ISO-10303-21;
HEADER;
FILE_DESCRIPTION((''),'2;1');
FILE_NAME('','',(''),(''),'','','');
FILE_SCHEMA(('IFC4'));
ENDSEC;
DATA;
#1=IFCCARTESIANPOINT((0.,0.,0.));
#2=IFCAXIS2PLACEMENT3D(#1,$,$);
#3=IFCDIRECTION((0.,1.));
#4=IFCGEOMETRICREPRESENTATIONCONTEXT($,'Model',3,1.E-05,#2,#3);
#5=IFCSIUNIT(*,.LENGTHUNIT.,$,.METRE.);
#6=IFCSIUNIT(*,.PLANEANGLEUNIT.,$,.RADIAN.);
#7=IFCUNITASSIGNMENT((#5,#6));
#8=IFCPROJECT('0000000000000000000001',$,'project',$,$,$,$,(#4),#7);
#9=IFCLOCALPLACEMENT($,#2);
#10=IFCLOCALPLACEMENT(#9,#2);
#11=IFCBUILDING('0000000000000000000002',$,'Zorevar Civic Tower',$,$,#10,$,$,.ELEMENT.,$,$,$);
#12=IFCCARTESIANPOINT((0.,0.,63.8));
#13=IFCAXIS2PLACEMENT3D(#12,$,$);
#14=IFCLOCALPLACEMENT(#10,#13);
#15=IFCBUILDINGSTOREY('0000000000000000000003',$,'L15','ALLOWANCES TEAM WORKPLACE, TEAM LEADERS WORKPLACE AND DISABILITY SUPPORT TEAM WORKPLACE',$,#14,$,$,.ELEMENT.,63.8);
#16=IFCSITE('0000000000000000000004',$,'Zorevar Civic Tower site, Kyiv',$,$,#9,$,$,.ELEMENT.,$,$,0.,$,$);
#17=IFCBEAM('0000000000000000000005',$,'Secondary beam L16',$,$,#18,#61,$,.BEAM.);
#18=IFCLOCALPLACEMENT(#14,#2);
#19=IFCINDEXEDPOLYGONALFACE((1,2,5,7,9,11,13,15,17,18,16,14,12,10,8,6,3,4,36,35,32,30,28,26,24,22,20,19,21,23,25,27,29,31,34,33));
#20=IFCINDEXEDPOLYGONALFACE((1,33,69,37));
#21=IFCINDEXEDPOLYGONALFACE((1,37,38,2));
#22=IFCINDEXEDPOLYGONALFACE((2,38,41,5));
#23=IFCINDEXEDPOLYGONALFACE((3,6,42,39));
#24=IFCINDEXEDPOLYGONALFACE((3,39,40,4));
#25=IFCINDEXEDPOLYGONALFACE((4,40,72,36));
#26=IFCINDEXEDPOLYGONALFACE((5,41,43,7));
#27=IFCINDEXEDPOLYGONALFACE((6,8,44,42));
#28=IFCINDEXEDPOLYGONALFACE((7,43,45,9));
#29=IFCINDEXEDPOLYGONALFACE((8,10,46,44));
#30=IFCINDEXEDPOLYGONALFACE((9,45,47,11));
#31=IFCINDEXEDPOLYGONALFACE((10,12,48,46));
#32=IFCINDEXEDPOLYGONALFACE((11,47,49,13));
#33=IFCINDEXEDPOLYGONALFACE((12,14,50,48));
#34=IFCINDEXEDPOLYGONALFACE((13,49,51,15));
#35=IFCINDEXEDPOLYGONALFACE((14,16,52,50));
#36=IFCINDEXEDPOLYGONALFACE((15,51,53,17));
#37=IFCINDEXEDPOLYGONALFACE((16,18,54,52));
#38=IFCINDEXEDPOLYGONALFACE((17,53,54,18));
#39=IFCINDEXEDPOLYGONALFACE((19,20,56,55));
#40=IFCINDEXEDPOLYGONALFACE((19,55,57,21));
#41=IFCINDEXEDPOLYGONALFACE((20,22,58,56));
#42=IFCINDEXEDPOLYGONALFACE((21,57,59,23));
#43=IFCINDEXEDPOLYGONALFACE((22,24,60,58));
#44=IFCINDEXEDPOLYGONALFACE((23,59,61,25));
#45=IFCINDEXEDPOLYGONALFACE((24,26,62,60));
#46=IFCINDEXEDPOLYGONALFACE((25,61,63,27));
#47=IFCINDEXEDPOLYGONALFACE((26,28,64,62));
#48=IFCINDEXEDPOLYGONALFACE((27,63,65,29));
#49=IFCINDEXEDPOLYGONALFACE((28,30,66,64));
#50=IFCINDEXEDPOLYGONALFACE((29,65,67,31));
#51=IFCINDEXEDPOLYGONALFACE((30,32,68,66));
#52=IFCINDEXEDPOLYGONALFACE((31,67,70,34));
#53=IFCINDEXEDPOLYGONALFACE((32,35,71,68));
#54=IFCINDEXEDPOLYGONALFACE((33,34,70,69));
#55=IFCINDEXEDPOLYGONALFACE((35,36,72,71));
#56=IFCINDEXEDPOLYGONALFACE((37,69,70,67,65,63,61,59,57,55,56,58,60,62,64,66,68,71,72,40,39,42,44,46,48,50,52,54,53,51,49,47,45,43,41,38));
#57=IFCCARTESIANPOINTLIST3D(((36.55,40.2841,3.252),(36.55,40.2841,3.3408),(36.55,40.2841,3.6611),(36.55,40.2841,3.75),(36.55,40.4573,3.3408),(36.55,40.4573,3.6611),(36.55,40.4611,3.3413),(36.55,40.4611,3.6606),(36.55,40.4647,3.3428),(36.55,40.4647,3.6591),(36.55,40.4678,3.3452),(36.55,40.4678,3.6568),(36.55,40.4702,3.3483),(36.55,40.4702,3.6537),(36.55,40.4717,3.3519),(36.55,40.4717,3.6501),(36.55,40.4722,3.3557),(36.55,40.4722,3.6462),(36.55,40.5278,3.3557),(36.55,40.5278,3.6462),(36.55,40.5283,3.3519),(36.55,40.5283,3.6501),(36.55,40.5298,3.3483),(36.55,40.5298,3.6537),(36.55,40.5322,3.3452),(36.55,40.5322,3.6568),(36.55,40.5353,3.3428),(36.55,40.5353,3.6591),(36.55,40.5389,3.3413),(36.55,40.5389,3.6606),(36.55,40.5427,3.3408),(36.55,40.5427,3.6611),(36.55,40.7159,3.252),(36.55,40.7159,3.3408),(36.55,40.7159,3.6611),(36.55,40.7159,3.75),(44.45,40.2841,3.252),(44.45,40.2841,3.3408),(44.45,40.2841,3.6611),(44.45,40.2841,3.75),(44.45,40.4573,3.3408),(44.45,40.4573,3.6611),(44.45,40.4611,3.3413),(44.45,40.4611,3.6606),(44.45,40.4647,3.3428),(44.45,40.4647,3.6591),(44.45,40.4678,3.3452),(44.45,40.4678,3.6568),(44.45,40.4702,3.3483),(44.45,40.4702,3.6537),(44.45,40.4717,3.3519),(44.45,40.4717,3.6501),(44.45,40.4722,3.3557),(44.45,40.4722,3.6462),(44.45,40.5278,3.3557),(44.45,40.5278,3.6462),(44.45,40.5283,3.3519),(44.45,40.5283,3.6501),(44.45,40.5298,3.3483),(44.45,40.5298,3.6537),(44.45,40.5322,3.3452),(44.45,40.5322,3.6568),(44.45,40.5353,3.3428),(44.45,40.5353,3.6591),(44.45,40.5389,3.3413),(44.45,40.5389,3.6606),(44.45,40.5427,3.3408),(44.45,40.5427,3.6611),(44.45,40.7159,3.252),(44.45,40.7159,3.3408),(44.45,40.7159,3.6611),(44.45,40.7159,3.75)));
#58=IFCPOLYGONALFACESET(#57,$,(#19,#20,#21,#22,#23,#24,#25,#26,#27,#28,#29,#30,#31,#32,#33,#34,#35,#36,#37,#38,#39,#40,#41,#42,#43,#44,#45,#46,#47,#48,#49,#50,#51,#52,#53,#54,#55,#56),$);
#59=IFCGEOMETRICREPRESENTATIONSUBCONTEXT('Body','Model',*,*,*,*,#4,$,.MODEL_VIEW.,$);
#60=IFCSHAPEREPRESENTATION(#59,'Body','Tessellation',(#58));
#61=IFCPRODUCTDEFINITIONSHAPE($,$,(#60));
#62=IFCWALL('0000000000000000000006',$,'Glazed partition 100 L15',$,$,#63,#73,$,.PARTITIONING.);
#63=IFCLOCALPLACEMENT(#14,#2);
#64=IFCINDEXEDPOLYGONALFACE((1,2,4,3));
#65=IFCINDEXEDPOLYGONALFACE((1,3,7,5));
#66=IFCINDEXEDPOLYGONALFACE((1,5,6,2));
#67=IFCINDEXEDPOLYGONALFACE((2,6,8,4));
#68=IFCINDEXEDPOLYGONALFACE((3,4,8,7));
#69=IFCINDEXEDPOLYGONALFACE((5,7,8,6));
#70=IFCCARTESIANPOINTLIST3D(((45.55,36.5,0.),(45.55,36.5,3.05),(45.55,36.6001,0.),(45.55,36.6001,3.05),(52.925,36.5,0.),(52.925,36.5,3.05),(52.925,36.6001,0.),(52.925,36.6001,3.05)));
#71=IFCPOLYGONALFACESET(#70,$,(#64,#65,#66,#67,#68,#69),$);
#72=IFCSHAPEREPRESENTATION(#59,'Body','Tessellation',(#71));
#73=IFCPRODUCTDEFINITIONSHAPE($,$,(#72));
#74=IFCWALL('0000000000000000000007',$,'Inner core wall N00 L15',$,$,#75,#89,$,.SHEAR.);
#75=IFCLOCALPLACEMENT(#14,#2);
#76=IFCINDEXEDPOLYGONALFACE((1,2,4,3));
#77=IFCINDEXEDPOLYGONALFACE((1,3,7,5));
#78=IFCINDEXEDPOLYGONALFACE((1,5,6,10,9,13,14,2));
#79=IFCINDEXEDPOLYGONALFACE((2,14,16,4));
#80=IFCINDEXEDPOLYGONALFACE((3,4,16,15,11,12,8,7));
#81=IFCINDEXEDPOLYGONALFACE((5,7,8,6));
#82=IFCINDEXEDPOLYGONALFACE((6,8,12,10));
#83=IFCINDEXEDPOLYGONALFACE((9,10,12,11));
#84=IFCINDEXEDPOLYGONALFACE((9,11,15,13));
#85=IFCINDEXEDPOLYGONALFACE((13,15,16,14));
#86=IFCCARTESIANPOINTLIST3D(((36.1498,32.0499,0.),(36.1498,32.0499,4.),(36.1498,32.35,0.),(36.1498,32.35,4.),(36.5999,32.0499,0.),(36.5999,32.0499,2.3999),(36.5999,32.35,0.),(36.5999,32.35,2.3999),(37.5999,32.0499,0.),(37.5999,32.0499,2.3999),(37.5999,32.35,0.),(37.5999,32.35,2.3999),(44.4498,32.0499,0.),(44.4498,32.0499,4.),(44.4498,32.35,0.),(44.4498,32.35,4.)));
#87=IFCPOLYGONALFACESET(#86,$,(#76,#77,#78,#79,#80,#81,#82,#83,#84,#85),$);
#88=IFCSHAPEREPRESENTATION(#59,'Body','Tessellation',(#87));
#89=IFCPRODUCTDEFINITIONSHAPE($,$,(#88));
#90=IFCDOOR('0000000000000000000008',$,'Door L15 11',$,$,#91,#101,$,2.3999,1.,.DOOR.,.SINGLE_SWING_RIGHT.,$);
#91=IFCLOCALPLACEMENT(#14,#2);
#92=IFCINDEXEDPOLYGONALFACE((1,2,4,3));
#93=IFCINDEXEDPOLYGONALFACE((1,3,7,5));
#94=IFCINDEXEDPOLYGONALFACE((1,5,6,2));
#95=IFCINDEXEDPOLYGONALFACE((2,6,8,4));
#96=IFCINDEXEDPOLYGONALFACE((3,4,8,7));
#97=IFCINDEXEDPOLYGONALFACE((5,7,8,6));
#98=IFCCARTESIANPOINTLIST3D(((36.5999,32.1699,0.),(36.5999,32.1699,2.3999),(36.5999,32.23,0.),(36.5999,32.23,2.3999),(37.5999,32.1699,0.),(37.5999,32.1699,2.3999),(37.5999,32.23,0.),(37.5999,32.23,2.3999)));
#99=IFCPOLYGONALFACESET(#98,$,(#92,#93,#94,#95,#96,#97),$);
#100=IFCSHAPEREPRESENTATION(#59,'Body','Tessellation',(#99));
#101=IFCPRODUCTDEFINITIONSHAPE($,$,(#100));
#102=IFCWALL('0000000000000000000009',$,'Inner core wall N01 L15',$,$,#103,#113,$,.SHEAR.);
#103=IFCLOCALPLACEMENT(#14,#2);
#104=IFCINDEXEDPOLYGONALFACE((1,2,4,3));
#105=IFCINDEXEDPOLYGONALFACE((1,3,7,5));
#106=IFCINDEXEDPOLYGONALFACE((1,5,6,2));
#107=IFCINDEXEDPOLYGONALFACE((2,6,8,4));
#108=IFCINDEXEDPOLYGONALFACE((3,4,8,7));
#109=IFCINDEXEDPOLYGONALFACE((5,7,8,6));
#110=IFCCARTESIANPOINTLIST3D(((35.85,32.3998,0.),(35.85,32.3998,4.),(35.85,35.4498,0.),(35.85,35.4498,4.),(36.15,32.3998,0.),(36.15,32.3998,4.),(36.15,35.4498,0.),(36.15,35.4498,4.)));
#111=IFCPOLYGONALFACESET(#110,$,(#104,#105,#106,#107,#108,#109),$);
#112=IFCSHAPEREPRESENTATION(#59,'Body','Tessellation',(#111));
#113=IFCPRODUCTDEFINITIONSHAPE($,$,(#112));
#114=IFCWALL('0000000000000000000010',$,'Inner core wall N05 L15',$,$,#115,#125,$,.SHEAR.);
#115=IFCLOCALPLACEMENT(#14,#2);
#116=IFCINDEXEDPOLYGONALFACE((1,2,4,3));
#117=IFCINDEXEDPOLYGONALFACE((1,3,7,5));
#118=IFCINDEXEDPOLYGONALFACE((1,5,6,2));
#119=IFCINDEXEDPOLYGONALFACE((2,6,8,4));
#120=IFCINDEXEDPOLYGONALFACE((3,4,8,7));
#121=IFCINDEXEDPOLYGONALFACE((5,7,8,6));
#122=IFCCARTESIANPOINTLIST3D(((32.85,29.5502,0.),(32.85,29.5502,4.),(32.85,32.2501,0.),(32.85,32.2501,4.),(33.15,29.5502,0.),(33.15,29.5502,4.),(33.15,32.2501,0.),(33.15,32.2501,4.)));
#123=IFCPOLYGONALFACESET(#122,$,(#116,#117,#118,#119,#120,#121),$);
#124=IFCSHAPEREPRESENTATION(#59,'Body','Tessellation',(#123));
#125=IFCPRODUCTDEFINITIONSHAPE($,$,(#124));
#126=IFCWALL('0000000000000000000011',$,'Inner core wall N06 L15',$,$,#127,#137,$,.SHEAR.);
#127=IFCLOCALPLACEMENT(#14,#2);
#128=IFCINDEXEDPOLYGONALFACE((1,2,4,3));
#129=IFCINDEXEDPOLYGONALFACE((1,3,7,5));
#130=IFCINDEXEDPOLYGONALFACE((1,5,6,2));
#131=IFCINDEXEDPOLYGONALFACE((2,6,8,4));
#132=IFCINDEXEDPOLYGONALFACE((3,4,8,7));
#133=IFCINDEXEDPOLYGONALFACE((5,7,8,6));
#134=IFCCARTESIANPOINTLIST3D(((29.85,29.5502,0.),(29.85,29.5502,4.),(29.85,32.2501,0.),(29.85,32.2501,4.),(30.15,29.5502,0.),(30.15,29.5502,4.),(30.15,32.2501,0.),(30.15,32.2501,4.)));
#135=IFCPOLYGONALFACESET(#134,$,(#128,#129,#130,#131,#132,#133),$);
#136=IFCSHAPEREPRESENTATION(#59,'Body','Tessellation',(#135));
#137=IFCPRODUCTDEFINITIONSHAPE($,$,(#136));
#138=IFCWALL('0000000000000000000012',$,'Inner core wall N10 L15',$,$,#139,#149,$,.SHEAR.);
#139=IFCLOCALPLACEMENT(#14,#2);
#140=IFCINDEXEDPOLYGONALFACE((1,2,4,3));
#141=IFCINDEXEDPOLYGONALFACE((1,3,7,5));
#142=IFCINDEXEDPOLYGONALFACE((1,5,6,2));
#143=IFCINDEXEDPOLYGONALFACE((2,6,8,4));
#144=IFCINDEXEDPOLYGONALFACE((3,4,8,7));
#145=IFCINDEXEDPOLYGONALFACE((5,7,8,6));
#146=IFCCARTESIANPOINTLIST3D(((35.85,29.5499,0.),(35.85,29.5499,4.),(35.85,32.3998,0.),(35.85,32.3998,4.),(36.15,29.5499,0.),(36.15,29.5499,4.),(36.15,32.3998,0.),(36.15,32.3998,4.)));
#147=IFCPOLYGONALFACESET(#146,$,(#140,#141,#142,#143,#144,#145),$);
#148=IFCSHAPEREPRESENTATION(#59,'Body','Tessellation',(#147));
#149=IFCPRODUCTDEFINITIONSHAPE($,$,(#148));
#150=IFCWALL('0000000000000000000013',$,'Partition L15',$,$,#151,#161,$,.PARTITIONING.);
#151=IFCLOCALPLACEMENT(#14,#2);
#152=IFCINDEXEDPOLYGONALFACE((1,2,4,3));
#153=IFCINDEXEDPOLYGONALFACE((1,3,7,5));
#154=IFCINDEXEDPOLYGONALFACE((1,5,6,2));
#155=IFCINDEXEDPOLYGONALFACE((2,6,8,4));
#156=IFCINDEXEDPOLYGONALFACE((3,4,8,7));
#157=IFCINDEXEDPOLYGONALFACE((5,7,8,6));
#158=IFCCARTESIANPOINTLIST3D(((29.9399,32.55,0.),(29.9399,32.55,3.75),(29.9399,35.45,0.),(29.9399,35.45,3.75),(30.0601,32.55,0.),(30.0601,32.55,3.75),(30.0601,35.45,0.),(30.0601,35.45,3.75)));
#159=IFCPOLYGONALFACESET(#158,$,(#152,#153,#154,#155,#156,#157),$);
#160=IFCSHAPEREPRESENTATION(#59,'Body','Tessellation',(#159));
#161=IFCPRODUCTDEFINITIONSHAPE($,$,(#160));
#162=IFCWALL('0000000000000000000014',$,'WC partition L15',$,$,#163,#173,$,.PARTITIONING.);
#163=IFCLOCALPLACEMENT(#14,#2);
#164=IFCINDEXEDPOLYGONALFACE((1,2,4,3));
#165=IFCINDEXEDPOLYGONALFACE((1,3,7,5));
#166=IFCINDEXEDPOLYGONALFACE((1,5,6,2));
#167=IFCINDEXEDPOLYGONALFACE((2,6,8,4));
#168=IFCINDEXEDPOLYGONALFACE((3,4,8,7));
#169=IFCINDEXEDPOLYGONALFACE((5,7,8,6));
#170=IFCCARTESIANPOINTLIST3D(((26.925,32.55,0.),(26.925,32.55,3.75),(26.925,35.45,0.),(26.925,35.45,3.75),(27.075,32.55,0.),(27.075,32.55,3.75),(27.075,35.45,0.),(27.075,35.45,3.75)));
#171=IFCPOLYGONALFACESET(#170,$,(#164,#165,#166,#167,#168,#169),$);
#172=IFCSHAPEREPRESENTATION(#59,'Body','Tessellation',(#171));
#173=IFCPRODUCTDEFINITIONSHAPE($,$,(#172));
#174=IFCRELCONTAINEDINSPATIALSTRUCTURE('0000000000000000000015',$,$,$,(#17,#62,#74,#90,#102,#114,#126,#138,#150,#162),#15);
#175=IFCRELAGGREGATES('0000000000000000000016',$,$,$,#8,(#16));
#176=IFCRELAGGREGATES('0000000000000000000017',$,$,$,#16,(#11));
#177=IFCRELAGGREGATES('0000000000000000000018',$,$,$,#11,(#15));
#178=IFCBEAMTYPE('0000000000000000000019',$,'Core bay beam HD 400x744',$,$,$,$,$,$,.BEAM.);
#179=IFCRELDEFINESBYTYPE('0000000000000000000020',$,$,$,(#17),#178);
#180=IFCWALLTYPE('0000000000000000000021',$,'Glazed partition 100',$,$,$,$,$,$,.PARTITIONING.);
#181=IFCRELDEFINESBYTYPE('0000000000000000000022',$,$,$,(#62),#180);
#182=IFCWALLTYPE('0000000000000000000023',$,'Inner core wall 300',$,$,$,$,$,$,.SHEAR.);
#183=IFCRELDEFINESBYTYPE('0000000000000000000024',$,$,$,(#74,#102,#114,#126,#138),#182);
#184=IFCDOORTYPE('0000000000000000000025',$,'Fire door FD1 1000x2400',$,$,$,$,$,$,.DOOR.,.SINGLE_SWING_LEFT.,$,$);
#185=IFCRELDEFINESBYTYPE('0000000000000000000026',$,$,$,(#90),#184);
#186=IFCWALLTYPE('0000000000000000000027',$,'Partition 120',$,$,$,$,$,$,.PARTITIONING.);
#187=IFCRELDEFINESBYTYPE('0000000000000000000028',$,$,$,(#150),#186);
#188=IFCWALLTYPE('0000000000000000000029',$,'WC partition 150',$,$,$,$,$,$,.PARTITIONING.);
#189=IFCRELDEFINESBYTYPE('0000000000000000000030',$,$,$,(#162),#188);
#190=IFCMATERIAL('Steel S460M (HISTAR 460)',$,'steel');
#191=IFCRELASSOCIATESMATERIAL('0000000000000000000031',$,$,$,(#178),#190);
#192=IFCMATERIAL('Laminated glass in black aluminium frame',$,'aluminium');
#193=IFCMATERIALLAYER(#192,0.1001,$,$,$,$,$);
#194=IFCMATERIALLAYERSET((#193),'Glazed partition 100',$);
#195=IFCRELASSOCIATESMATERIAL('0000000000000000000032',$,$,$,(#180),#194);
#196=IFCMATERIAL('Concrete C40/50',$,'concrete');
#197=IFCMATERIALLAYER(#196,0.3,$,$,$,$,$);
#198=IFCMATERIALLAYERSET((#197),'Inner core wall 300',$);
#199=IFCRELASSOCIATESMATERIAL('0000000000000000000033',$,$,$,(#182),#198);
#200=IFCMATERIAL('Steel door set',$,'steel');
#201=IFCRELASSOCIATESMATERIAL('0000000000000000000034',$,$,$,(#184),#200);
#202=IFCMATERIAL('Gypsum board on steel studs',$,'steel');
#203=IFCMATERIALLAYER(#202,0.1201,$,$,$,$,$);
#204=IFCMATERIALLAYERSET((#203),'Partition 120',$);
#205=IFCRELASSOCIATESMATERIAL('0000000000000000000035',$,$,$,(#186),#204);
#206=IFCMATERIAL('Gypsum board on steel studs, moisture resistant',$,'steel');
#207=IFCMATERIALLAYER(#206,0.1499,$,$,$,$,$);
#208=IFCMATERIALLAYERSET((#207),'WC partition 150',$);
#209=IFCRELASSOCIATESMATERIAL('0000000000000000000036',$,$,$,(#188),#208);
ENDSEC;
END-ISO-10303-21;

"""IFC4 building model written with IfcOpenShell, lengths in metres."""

from ifc_helpers import new_model, si_unit, direction, frame, frame_2d, origin, origin_2d, place, context, subcontext, project, spatial, rectangle, i_section, extrude, material, layer, layer_set, material_profile, profile_set, type_object, element, fill, save


model = new_model("IFC4")

# Units and contexts
model_context = context("Model", 3, precision=1e-05, world=origin(), true_north=direction((0.0, 1.0)))
body_context = subcontext(model_context, "Body", "Model", "MODEL_VIEW")
ifc_project = project(units=[si_unit("LENGTHUNIT", "METRE"), si_unit("PLANEANGLEUNIT", "RADIAN")], contexts=[model_context])

# Site, building, storey
site_placement = place(None, origin())
site = spatial("IfcSite", under=ifc_project, at=site_placement, Name="Zorevar Civic Tower site, Kyiv", CompositionType="ELEMENT", RefElevation=0.0)
building_placement = place(site_placement, origin())
building = spatial("IfcBuilding", under=site, at=building_placement, Name="Zorevar Civic Tower", CompositionType="ELEMENT")
storey_placement = place(building_placement, frame((0.0, 0.0, 63.8)))
storey = spatial("IfcBuildingStorey", under=building, at=storey_placement, Name="L15", Description="ALLOWANCES TEAM WORKPLACE, TEAM LEADERS WORKPLACE AND DISABILITY SUPPORT TEAM WORKPLACE", CompositionType="ELEMENT", Elevation=63.8)

# Beam
ifc_material_1 = material(Name="Steel S460M (HISTAR 460)", Category="steel")
ifc_material_profile_1 = material_profile(ifc_material_1, i_section(OverallWidth=0.4319, OverallDepth=0.498, WebThickness=0.0557, FlangeThickness=0.0889, FilletRadius=0.0149, at=origin_2d()), Name="HD 400x744")
ifc_profile_set_1 = profile_set([ifc_material_profile_1], Name="Steel S460M (HISTAR 460)")
beam_type_1 = type_object("IfcBeamType", Name="Core bay beam HD 400x744", PredefinedType="BEAM", material=ifc_profile_set_1)
for number, where, z_axis, x_axis, name in (
    (1, (36.55, 40.5, 3.501), (1.0, 0.0, 0.0), (0.0, 1.0, 0.0), "Secondary beam L16"),
):
    element("IfcBeam", number, at=place(storey_placement, frame(where, z_axis=z_axis, x_axis=x_axis)), inside=storey, type_object=beam_type_1, Name=name, PredefinedType="BEAM", context=body_context, shape_type="SweptSolid", body=[
        extrude(i_section(OverallWidth=0.4319, OverallDepth=0.498, WebThickness=0.0557, FlangeThickness=0.0889, FilletRadius=0.0149, at=origin_2d()), origin(), (0.0, 0.0, 1.0), 7.8999),
    ])

# Wall
ifc_material_2 = material(Name="Laminated glass in black aluminium frame", Category="aluminium")
ifc_layer_1 = layer(ifc_material_2, 0.1001)
ifc_layer_set_1 = layer_set([ifc_layer_1], Name="Glazed partition 100")
wall_type_1 = type_object("IfcWallType", Name="Glazed partition 100", PredefinedType="PARTITIONING", material=ifc_layer_set_1)
wall_1_placement = place(storey_placement, frame((45.55, 36.55, 0.0), z_axis=(0.0, 0.0, 1.0), x_axis=(1.0, 0.0, 0.0)))
element("IfcWall", 2, at=wall_1_placement, inside=storey, type_object=wall_type_1, Name="Glazed partition 100 L15", PredefinedType="PARTITIONING", context=body_context, shape_type="SweptSolid", body=[
    extrude(rectangle(XDim=7.375, YDim=0.1001, at=frame_2d((3.6875, 0.0))), origin(), (0.0, 0.0, 1.0), 3.05),
])

# Wall, opening, door
ifc_material_3 = material(Name="Concrete C40/50", Category="concrete")
ifc_layer_2 = layer(ifc_material_3, 0.3)
ifc_layer_set_2 = layer_set([ifc_layer_2], Name="Inner core wall 300")
wall_type_2 = type_object("IfcWallType", Name="Inner core wall 300", PredefinedType="SHEAR", material=ifc_layer_set_2)
wall_2_placement = place(storey_placement, frame((36.1499, 32.2, 0.0), z_axis=(0.0, 0.0, 1.0), x_axis=(1.0, 0.0, 0.0)))
wall_2 = element("IfcWall", 3, at=wall_2_placement, inside=storey, type_object=wall_type_2, Name="Inner core wall N00 L15", PredefinedType="SHEAR", context=body_context, shape_type="SweptSolid", body=[
    extrude(rectangle(XDim=8.3, YDim=0.3, at=frame_2d((4.1499, 0.0))), origin(), (0.0, 0.0, 1.0), 4.0),
])
opening_1_placement = place(wall_2_placement, frame((0.45, 0.0, 0.0)))
opening_1 = element("IfcOpeningElement", 4, at=opening_1_placement, cuts=wall_2, PredefinedType="OPENING", context=body_context, shape_type="SweptSolid", body=[
    extrude(rectangle(XDim=1.0, YDim=2.3999, at=frame_2d((0.5, 1.2))), frame((0.0, 0.1599, 0.0), z_axis=(0.0, -1.0, 0.0), x_axis=(1.0, 0.0, 0.0)), (0.0, 0.0, 1.0), 0.3201),
])
ifc_material_4 = material(Name="Steel door set", Category="steel")
door_type_1 = type_object("IfcDoorType", Name="Fire door FD1 1000x2400", OperationType="SINGLE_SWING_LEFT", PredefinedType="DOOR", material=ifc_material_4)
door_1_placement = place(opening_1_placement, origin())
door_1 = element("IfcDoor", 5, at=door_1_placement, inside=storey, type_object=door_type_1, Name="Door L15 11", OperationType="SINGLE_SWING_RIGHT", OverallHeight=2.3999, OverallWidth=1.0, PredefinedType="DOOR", context=body_context, shape_type="SweptSolid", body=[
    extrude(rectangle(XDim=1.0, YDim=2.3999, at=frame_2d((0.5, 1.2))), frame((0.0, 0.03, 0.0), z_axis=(0.0, -1.0, 0.0), x_axis=(1.0, 0.0, 0.0)), (0.0, 0.0, 1.0), 0.0601),
])
fill(opening_1, door_1)

# Wall
wall_3_placement = place(storey_placement, frame((36.0, 32.3999, 0.0), z_axis=(0.0, 0.0, 1.0), x_axis=(0.0, 1.0, 0.0)))
element("IfcWall", 6, at=wall_3_placement, inside=storey, type_object=wall_type_2, Name="Inner core wall N01 L15", PredefinedType="SHEAR", context=body_context, shape_type="SweptSolid", body=[
    extrude(rectangle(XDim=3.05, YDim=0.3, at=frame_2d((1.5249, 0.0))), origin(), (0.0, 0.0, 1.0), 4.0),
])

# Walls
for number, where, z_axis, x_axis, name in (
    (7, (33.0, 29.55, 0.0), (0.0, 0.0, 1.0), (0.0, 1.0, 0.0), "Inner core wall N05 L15"),
    (8, (30.0, 29.55, 0.0), (0.0, 0.0, 1.0), (0.0, 1.0, 0.0), "Inner core wall N06 L15"),
):
    element("IfcWall", number, at=place(storey_placement, frame(where, z_axis=z_axis, x_axis=x_axis)), inside=storey, type_object=wall_type_2, Name=name, PredefinedType="SHEAR", context=body_context, shape_type="SweptSolid", body=[
        extrude(rectangle(XDim=2.7, YDim=0.3, at=frame_2d((1.3501, 0.0))), origin(), (0.0, 0.0, 1.0), 4.0),
    ])
wall_4_placement = place(storey_placement, frame((36.0, 29.55, 0.0), z_axis=(0.0, 0.0, 1.0), x_axis=(0.0, 1.0, 0.0)))
element("IfcWall", 9, at=wall_4_placement, inside=storey, type_object=wall_type_2, Name="Inner core wall N10 L15", PredefinedType="SHEAR", context=body_context, shape_type="SweptSolid", body=[
    extrude(rectangle(XDim=2.8499, YDim=0.3, at=frame_2d((1.4248, 0.0))), origin(), (0.0, 0.0, 1.0), 4.0),
])
ifc_material_5 = material(Name="Gypsum board on steel studs", Category="steel")
ifc_layer_3 = layer(ifc_material_5, 0.1201)
ifc_layer_set_3 = layer_set([ifc_layer_3], Name="Partition 120")
wall_type_3 = type_object("IfcWallType", Name="Partition 120", PredefinedType="PARTITIONING", material=ifc_layer_set_3)
wall_5_placement = place(storey_placement, frame((30.0, 32.55, 0.0), z_axis=(0.0, 0.0, 1.0), x_axis=(0.0, 1.0, 0.0)))
element("IfcWall", 10, at=wall_5_placement, inside=storey, type_object=wall_type_3, Name="Partition L15", PredefinedType="PARTITIONING", context=body_context, shape_type="SweptSolid", body=[
    extrude(rectangle(XDim=2.8999, YDim=0.1201, at=frame_2d((1.45, 0.0))), origin(), (0.0, 0.0, 1.0), 3.75),
])
ifc_material_6 = material(Name="Gypsum board on steel studs, moisture resistant", Category="steel")
ifc_layer_4 = layer(ifc_material_6, 0.1499)
ifc_layer_set_4 = layer_set([ifc_layer_4], Name="WC partition 150")
wall_type_4 = type_object("IfcWallType", Name="WC partition 150", PredefinedType="PARTITIONING", material=ifc_layer_set_4)
wall_6_placement = place(storey_placement, frame((27.0, 32.55, 0.0), z_axis=(0.0, 0.0, 1.0), x_axis=(0.0, 1.0, 0.0)))
element("IfcWall", 11, at=wall_6_placement, inside=storey, type_object=wall_type_4, Name="WC partition L15", PredefinedType="PARTITIONING", context=body_context, shape_type="SweptSolid", body=[
    extrude(rectangle(XDim=2.8999, YDim=0.1499, at=frame_2d((1.45, 0.0))), origin(), (0.0, 0.0, 1.0), 3.75),
])

save(model, "model.ifc")
